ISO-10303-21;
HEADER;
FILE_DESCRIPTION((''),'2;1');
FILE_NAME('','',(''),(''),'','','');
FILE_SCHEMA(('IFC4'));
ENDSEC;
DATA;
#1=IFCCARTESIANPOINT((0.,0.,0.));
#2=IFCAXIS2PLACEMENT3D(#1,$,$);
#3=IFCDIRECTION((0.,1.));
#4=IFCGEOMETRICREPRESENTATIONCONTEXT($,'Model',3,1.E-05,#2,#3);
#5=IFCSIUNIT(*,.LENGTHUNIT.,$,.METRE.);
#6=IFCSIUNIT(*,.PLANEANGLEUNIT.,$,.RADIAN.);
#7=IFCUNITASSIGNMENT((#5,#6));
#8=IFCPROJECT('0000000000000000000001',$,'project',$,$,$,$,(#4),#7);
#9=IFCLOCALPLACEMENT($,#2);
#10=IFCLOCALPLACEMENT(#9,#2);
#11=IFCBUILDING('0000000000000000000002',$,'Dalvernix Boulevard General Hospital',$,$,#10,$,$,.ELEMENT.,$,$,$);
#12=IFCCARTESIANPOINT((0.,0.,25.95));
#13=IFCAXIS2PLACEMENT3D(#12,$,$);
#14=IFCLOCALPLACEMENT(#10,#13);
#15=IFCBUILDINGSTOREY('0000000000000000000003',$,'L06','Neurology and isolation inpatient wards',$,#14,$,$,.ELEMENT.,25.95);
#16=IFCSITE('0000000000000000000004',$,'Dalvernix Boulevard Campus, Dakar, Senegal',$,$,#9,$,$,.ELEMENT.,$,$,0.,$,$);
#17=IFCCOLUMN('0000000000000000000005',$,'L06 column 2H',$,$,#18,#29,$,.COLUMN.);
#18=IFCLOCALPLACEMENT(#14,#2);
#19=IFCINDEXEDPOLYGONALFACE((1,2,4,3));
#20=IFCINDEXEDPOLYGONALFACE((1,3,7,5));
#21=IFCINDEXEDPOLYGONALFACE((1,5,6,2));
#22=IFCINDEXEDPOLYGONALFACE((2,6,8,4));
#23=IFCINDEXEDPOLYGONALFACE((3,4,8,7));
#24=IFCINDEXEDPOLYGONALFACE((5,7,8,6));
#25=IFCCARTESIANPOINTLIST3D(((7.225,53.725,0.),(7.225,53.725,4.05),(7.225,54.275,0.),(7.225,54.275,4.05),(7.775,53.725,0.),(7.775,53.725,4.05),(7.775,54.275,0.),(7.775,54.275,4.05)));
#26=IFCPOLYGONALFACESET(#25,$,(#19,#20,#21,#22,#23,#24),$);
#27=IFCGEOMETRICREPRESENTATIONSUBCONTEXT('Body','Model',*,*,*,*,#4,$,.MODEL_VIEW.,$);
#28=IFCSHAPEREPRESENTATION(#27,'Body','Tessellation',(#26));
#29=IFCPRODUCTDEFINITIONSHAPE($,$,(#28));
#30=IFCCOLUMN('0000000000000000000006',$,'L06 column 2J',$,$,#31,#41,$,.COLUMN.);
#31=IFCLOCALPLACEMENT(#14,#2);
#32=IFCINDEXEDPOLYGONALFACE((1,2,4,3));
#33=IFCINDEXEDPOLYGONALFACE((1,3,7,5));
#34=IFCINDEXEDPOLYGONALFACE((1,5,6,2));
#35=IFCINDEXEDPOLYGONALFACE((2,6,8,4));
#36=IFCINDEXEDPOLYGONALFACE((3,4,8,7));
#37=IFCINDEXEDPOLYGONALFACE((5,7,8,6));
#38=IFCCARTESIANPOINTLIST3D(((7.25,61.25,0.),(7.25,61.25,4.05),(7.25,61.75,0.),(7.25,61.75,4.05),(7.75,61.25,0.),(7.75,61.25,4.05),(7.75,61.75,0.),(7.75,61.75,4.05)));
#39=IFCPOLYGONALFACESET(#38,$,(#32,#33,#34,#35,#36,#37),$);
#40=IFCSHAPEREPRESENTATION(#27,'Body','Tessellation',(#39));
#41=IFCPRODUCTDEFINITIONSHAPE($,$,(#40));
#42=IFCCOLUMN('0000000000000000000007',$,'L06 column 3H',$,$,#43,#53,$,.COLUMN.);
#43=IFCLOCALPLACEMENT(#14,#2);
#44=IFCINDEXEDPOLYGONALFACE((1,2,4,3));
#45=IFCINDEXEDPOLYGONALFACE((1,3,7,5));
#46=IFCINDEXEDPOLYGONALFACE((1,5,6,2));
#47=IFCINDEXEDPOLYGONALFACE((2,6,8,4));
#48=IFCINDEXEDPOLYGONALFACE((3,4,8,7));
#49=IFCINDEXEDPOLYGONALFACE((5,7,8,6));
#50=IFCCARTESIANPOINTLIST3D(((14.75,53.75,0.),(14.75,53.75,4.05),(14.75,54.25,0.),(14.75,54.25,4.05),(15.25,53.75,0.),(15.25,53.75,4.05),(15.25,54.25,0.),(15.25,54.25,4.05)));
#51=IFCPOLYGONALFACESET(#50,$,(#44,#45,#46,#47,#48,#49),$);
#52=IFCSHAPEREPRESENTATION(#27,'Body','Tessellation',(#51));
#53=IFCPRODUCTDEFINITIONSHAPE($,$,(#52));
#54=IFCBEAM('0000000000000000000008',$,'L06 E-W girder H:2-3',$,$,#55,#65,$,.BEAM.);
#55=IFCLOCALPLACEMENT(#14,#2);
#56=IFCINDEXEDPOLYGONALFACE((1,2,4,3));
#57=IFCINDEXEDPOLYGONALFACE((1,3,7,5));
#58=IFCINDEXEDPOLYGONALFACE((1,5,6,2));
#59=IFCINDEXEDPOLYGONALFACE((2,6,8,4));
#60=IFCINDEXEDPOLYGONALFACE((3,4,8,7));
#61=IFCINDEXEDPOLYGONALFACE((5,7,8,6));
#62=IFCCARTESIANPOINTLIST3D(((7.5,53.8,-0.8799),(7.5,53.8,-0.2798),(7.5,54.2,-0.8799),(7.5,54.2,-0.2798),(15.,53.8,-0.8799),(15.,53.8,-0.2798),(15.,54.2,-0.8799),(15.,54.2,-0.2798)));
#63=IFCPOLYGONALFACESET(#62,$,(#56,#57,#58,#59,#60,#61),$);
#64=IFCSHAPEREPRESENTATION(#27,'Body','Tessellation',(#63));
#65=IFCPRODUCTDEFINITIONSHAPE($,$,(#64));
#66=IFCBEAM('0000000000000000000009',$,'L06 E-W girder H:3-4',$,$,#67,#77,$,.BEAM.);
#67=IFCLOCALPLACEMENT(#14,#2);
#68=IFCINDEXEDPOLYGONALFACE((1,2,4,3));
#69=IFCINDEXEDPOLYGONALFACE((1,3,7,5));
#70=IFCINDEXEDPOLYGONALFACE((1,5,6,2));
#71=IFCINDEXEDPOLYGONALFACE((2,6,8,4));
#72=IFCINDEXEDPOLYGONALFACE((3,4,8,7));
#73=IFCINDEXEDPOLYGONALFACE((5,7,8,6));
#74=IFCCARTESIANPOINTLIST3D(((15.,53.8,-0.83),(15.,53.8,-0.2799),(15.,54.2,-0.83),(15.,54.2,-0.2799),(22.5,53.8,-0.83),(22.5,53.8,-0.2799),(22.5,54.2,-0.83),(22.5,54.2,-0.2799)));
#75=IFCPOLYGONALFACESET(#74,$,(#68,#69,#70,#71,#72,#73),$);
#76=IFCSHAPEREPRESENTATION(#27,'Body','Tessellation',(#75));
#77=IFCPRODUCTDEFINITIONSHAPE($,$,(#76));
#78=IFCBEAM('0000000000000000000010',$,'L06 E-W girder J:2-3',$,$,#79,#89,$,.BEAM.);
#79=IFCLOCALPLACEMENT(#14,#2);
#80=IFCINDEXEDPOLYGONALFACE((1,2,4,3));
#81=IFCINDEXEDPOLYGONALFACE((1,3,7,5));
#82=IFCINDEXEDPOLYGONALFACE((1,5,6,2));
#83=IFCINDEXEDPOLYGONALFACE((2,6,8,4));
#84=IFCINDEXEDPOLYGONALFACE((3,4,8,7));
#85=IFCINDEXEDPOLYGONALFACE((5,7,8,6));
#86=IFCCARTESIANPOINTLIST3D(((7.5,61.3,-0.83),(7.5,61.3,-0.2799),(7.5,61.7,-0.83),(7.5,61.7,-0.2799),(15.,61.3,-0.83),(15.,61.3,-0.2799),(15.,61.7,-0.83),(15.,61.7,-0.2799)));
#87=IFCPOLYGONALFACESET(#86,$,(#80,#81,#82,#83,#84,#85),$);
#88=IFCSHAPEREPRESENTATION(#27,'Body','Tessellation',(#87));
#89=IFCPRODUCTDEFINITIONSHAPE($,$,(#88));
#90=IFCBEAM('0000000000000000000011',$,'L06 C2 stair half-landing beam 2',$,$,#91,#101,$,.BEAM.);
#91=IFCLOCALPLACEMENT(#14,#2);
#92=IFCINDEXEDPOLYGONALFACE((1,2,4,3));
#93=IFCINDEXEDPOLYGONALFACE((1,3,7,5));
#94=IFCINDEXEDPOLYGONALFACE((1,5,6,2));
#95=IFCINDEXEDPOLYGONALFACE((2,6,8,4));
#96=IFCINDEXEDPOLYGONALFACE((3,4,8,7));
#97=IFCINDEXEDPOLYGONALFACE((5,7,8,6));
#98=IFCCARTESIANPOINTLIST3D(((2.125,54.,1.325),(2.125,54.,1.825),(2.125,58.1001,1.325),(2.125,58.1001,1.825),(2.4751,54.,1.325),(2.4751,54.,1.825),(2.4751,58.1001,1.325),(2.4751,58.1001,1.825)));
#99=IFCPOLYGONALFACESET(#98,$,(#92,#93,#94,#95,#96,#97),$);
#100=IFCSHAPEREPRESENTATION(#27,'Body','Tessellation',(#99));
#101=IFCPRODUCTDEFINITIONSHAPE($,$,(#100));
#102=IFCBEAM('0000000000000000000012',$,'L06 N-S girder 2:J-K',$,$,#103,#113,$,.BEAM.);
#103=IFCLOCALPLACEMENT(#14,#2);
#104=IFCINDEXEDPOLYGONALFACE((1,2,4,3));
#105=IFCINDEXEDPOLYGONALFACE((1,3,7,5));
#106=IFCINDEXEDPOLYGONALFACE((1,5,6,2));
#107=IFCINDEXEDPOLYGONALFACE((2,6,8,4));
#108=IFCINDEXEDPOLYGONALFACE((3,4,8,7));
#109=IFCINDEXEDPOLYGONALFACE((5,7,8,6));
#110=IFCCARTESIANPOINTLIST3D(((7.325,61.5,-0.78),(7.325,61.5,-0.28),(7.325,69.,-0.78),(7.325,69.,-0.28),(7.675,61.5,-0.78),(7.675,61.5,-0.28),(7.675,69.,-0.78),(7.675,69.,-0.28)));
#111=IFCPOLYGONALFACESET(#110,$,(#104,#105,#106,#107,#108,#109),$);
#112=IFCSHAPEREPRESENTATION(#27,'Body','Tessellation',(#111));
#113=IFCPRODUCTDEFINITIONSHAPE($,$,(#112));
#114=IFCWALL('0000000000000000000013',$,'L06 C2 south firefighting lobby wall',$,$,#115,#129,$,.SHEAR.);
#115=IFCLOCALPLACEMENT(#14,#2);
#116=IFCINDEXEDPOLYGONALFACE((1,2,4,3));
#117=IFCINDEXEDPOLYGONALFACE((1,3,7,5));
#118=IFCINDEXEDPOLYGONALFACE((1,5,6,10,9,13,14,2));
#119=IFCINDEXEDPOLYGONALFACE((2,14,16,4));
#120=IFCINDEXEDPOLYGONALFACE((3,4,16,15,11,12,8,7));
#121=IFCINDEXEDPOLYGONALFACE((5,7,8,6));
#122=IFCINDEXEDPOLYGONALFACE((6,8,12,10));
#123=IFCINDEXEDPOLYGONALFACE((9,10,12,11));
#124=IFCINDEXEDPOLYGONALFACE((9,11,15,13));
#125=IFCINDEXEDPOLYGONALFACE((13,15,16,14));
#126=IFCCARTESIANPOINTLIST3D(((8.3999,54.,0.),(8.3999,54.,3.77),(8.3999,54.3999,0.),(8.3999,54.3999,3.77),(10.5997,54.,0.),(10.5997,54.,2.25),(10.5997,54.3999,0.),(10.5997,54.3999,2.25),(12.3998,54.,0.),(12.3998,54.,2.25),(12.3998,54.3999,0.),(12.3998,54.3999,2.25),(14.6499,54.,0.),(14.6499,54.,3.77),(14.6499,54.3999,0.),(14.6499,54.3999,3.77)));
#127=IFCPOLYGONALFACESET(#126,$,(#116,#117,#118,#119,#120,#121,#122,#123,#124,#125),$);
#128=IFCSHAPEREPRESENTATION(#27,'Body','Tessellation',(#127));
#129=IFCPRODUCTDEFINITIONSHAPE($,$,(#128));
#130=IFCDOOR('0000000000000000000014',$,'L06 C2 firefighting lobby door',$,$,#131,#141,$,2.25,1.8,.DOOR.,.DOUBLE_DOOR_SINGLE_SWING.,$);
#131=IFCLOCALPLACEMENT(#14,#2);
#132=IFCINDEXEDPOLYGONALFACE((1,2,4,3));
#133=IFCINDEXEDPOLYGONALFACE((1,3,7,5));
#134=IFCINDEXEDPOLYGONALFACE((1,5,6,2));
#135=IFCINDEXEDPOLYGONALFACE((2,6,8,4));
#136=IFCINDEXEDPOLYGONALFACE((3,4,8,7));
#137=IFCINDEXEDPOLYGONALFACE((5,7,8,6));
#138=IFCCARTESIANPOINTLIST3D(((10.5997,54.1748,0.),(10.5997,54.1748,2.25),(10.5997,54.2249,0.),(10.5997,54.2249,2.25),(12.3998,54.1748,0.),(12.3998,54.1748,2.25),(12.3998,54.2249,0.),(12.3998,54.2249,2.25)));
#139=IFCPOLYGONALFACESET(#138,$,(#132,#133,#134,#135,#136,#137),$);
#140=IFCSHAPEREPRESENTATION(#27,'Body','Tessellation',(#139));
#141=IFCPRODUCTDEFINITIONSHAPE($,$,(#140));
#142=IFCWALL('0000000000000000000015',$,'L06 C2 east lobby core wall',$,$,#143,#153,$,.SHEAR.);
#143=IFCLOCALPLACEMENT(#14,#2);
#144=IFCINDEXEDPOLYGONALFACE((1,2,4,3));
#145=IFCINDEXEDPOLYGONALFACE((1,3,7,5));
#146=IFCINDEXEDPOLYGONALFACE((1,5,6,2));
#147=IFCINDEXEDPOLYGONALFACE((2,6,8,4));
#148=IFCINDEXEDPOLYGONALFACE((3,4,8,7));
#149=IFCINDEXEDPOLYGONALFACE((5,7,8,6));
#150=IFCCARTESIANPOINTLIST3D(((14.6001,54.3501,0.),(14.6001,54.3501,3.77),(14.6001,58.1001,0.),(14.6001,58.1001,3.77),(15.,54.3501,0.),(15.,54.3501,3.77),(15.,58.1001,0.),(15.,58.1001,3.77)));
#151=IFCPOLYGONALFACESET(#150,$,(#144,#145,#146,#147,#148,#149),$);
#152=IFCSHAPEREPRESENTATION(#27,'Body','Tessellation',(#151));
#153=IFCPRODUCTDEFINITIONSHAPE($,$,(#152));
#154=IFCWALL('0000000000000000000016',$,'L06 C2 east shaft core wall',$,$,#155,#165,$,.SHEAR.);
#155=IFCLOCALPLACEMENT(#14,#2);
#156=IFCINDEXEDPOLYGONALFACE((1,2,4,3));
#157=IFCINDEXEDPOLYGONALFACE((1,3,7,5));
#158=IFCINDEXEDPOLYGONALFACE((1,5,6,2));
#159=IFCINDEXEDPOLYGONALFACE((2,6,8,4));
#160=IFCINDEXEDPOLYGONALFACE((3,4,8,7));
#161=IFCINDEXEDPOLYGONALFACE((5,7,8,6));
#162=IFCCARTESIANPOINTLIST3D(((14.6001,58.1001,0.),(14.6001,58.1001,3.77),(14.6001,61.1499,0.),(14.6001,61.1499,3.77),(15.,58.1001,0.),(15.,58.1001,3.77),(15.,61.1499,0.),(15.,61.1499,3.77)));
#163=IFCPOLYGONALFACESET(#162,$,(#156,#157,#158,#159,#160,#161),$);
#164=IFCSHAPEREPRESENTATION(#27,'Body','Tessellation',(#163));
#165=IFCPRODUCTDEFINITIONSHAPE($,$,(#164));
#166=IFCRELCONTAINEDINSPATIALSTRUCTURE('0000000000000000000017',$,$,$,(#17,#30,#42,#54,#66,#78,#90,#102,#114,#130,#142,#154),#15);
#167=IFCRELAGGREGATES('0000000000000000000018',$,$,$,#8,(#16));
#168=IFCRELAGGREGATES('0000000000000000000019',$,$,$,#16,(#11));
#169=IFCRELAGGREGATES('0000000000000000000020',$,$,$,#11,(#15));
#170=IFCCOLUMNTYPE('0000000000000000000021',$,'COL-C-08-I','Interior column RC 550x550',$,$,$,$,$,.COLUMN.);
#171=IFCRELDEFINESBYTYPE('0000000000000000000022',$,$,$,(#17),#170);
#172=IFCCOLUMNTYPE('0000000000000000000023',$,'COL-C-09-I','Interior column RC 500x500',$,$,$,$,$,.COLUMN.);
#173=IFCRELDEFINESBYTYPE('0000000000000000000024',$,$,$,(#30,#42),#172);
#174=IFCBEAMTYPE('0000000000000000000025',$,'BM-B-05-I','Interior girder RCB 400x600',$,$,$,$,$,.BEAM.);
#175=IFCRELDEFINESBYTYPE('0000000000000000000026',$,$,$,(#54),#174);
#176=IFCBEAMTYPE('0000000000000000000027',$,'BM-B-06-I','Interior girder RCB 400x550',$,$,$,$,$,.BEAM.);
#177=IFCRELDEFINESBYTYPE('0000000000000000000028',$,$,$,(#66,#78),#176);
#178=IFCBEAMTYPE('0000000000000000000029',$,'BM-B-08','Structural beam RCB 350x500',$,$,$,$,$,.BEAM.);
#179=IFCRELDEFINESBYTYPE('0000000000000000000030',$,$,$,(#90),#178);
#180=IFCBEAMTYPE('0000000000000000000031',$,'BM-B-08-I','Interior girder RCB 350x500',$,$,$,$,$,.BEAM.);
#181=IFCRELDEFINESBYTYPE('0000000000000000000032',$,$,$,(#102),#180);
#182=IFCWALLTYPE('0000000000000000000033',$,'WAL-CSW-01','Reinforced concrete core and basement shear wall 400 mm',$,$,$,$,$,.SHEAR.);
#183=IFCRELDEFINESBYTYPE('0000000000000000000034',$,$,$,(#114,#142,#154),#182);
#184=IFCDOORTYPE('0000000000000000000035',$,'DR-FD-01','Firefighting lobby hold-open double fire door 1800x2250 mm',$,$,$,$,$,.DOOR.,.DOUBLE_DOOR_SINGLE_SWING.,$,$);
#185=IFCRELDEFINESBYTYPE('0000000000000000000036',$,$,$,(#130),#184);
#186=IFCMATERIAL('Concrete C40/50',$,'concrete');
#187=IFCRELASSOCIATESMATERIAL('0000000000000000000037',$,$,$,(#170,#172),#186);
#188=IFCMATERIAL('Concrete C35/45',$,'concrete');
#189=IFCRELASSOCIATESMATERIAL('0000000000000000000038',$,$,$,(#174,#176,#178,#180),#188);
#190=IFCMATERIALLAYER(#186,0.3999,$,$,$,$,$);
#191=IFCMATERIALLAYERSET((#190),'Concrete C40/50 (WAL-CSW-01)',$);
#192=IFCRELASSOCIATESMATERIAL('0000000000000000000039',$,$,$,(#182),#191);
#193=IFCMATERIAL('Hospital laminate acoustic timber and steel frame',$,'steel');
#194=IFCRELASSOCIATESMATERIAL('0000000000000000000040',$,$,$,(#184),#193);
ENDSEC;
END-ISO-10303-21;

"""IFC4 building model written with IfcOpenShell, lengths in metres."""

from ifc_helpers import new_model, si_unit, direction, frame, frame_2d, origin, origin_2d, place, context, subcontext, project, spatial, rectangle, extrude, material, layer, layer_set, material_profile, profile_set, type_object, element, fill, save


model = new_model("IFC4")

# Units and contexts
model_context = context("Model", 3, precision=1e-05, world=origin(), true_north=direction((0.0, 1.0)))
body_context = subcontext(model_context, "Body", "Model", "MODEL_VIEW")
ifc_project = project(units=[si_unit("LENGTHUNIT", "METRE"), si_unit("PLANEANGLEUNIT", "RADIAN")], contexts=[model_context])

# Site, building, storey
site_placement = place(None, origin())
site = spatial("IfcSite", under=ifc_project, at=site_placement, Name="Dalvernix Boulevard Campus, Dakar, Senegal", CompositionType="ELEMENT", RefElevation=0.0)
building_placement = place(site_placement, origin())
building = spatial("IfcBuilding", under=site, at=building_placement, Name="Dalvernix Boulevard General Hospital", CompositionType="ELEMENT")
storey_placement = place(building_placement, frame((0.0, 0.0, 25.95)))
storey = spatial("IfcBuildingStorey", under=building, at=storey_placement, Name="L06", Description="Neurology and isolation inpatient wards", CompositionType="ELEMENT", Elevation=25.95)

# Columns
ifc_material_1 = material(Name="Concrete C40/50", Category="concrete")
ifc_material_profile_1 = material_profile(ifc_material_1, rectangle(XDim=0.55, YDim=0.55, at=origin_2d()), Name="RC 550x550")
ifc_profile_set_1 = profile_set([ifc_material_profile_1], Name="Concrete C40/50")
column_type_1 = type_object("IfcColumnType", Name="COL-C-08-I", Description="Interior column RC 550x550", PredefinedType="COLUMN", material=ifc_profile_set_1)
column_placement = place(storey_placement, frame((7.5, 54.0, 0.0), z_axis=(0.0, 0.0, 1.0), x_axis=(1.0, 0.0, 0.0)))
element("IfcColumn", 1, at=column_placement, inside=storey, type_object=column_type_1, Name="L06 column 2H", PredefinedType="COLUMN", context=body_context, shape_type="SweptSolid", body=[
    extrude(rectangle(XDim=0.55, YDim=0.55, at=origin_2d()), origin(), (0.0, 0.0, 1.0), 4.05),
])
ifc_material_profile_2 = material_profile(ifc_material_1, rectangle(XDim=0.5, YDim=0.5, at=origin_2d()), Name="RC 500x500")
ifc_profile_set_2 = profile_set([ifc_material_profile_2], Name="Concrete C40/50")
column_type_2 = type_object("IfcColumnType", Name="COL-C-09-I", Description="Interior column RC 500x500", PredefinedType="COLUMN", material=ifc_profile_set_2)
for number, where, z_axis, x_axis, name in (
    (2, (7.5, 61.5, 0.0), (0.0, 0.0, 1.0), (1.0, 0.0, 0.0), "L06 column 2J"),
    (3, (15.0, 54.0, 0.0), (0.0, 0.0, 1.0), (1.0, 0.0, 0.0), "L06 column 3H"),
):
    element("IfcColumn", number, at=place(storey_placement, frame(where, z_axis=z_axis, x_axis=x_axis)), inside=storey, type_object=column_type_2, Name=name, PredefinedType="COLUMN", context=body_context, shape_type="SweptSolid", body=[
        extrude(rectangle(XDim=0.5, YDim=0.5, at=origin_2d()), origin(), (0.0, 0.0, 1.0), 4.05),
    ])

# Beams
ifc_material_2 = material(Name="Concrete C35/45", Category="concrete")
ifc_material_profile_3 = material_profile(ifc_material_2, rectangle(XDim=0.3999, YDim=0.6001, at=origin_2d()), Name="RCB 400x600")
ifc_profile_set_3 = profile_set([ifc_material_profile_3], Name="Concrete C35/45")
beam_type_1 = type_object("IfcBeamType", Name="BM-B-05-I", Description="Interior girder RCB 400x600", PredefinedType="BEAM", material=ifc_profile_set_3)
beam_1_placement = place(storey_placement, frame((7.5, 54.0, -0.5798), z_axis=(1.0, 0.0, 0.0), x_axis=(0.0, 1.0, 0.0)))
element("IfcBeam", 4, at=beam_1_placement, inside=storey, type_object=beam_type_1, Name="L06 E-W girder H:2-3", PredefinedType="BEAM", context=body_context, shape_type="SweptSolid", body=[
    extrude(rectangle(XDim=0.3999, YDim=0.6001, at=origin_2d()), origin(), (0.0, 0.0, 1.0), 7.5),
])
ifc_material_profile_4 = material_profile(ifc_material_2, rectangle(XDim=0.3999, YDim=0.55, at=origin_2d()), Name="RCB 400x550")
ifc_profile_set_4 = profile_set([ifc_material_profile_4], Name="Concrete C35/45")
beam_type_2 = type_object("IfcBeamType", Name="BM-B-06-I", Description="Interior girder RCB 400x550", PredefinedType="BEAM", material=ifc_profile_set_4)
for number, where, z_axis, x_axis, name in (
    (5, (15.0, 54.0, -0.5549), (1.0, 0.0, 0.0), (0.0, 1.0, 0.0), "L06 E-W girder H:3-4"),
    (6, (7.5, 61.5, -0.5549), (1.0, 0.0, 0.0), (0.0, 1.0, 0.0), "L06 E-W girder J:2-3"),
):
    element("IfcBeam", number, at=place(storey_placement, frame(where, z_axis=z_axis, x_axis=x_axis)), inside=storey, type_object=beam_type_2, Name=name, PredefinedType="BEAM", context=body_context, shape_type="SweptSolid", body=[
        extrude(rectangle(XDim=0.3999, YDim=0.55, at=origin_2d()), origin(), (0.0, 0.0, 1.0), 7.5),
    ])
ifc_material_profile_5 = material_profile(ifc_material_2, rectangle(XDim=0.3501, YDim=0.5, at=origin_2d()), Name="RCB 350x500")
ifc_profile_set_5 = profile_set([ifc_material_profile_5], Name="Concrete C35/45")
beam_type_3 = type_object("IfcBeamType", Name="BM-B-08", Description="Structural beam RCB 350x500", PredefinedType="BEAM", material=ifc_profile_set_5)
beam_2_placement = place(storey_placement, frame((2.3, 54.0, 1.575), z_axis=(0.0, 1.0, 0.0), x_axis=(-1.0, 0.0, 0.0)))
element("IfcBeam", 7, at=beam_2_placement, inside=storey, type_object=beam_type_3, Name="L06 C2 stair half-landing beam 2", PredefinedType="BEAM", context=body_context, shape_type="SweptSolid", body=[
    extrude(rectangle(XDim=0.3501, YDim=0.5, at=origin_2d()), origin(), (0.0, 0.0, 1.0), 4.1001),
])
ifc_material_profile_6 = material_profile(ifc_material_2, rectangle(XDim=0.3501, YDim=0.5, at=origin_2d()), Name="RCB 350x500")
ifc_profile_set_6 = profile_set([ifc_material_profile_6], Name="Concrete C35/45")
beam_type_4 = type_object("IfcBeamType", Name="BM-B-08-I", Description="Interior girder RCB 350x500", PredefinedType="BEAM", material=ifc_profile_set_6)
beam_3_placement = place(storey_placement, frame((7.5, 61.5, -0.53), z_axis=(0.0, 1.0, 0.0), x_axis=(-1.0, 0.0, 0.0)))
element("IfcBeam", 8, at=beam_3_placement, inside=storey, type_object=beam_type_4, Name="L06 N-S girder 2:J-K", PredefinedType="BEAM", context=body_context, shape_type="SweptSolid", body=[
    extrude(rectangle(XDim=0.3501, YDim=0.5, at=origin_2d()), origin(), (0.0, 0.0, 1.0), 7.5),
])

# Wall, opening, door
ifc_layer_1 = layer(ifc_material_1, 0.3999)
ifc_layer_set_1 = layer_set([ifc_layer_1], Name="Concrete C40/50 (WAL-CSW-01)")
wall_type_1 = type_object("IfcWallType", Name="WAL-CSW-01", Description="Reinforced concrete core and basement shear wall 400 mm", PredefinedType="SHEAR", material=ifc_layer_set_1)
wall_1_placement = place(storey_placement, frame((8.3999, 54.2, 0.0), z_axis=(0.0, 0.0, 1.0), x_axis=(1.0, 0.0, 0.0)))
wall_1 = element("IfcWall", 9, at=wall_1_placement, inside=storey, type_object=wall_type_1, Name="L06 C2 south firefighting lobby wall", PredefinedType="SHEAR", context=body_context, shape_type="SweptSolid", body=[
    extrude(rectangle(XDim=6.25, YDim=0.3999, at=frame_2d((3.125, 0.0))), origin(), (0.0, 0.0, 1.0), 3.77),
])
opening_1_placement = place(wall_1_placement, frame((2.2, 0.0, 0.0)))
opening_1 = element("IfcOpeningElement", 10, at=opening_1_placement, cuts=wall_1, PredefinedType="OPENING", context=body_context, shape_type="SweptSolid", body=[
    extrude(rectangle(XDim=1.8, YDim=2.25, at=frame_2d((0.8999, 1.125))), frame((0.0, 0.21, 0.0), z_axis=(0.0, -1.0, 0.0), x_axis=(1.0, 0.0, 0.0)), (0.0, 0.0, 1.0), 0.4199),
])
ifc_material_3 = material(Name="Hospital laminate acoustic timber and steel frame", Category="steel")
door_type_1 = type_object("IfcDoorType", Name="DR-FD-01", Description="Firefighting lobby hold-open double fire door 1800x2250 mm", OperationType="DOUBLE_DOOR_SINGLE_SWING", PredefinedType="DOOR", material=ifc_material_3)
door_1_placement = place(opening_1_placement, origin())
door_1 = element("IfcDoor", 11, at=door_1_placement, inside=storey, type_object=door_type_1, Name="L06 C2 firefighting lobby door", OperationType="DOUBLE_DOOR_SINGLE_SWING", OverallHeight=2.25, OverallWidth=1.8, PredefinedType="DOOR", context=body_context, shape_type="SweptSolid", body=[
    extrude(rectangle(XDim=1.8, YDim=2.25, at=frame_2d((0.8999, 1.125))), frame((0.0, 0.0249, 0.0), z_axis=(0.0, -1.0, 0.0), x_axis=(1.0, 0.0, 0.0)), (0.0, 0.0, 1.0), 0.05),
])
fill(opening_1, door_1)

# Walls
wall_2_placement = place(storey_placement, frame((14.8, 54.3501, 0.0), z_axis=(0.0, 0.0, 1.0), x_axis=(0.0, 1.0, 0.0)))
element("IfcWall", 12, at=wall_2_placement, inside=storey, type_object=wall_type_1, Name="L06 C2 east lobby core wall", PredefinedType="SHEAR", context=body_context, shape_type="SweptSolid", body=[
    extrude(rectangle(XDim=3.75, YDim=0.3999, at=frame_2d((1.875, 0.0))), origin(), (0.0, 0.0, 1.0), 3.77),
])
wall_3_placement = place(storey_placement, frame((14.8, 58.1001, 0.0), z_axis=(0.0, 0.0, 1.0), x_axis=(0.0, 1.0, 0.0)))
element("IfcWall", 13, at=wall_3_placement, inside=storey, type_object=wall_type_1, Name="L06 C2 east shaft core wall", PredefinedType="SHEAR", context=body_context, shape_type="SweptSolid", body=[
    extrude(rectangle(XDim=3.0498, YDim=0.3999, at=frame_2d((1.5249, 0.0))), origin(), (0.0, 0.0, 1.0), 3.77),
])

save(model, "model.ifc")
